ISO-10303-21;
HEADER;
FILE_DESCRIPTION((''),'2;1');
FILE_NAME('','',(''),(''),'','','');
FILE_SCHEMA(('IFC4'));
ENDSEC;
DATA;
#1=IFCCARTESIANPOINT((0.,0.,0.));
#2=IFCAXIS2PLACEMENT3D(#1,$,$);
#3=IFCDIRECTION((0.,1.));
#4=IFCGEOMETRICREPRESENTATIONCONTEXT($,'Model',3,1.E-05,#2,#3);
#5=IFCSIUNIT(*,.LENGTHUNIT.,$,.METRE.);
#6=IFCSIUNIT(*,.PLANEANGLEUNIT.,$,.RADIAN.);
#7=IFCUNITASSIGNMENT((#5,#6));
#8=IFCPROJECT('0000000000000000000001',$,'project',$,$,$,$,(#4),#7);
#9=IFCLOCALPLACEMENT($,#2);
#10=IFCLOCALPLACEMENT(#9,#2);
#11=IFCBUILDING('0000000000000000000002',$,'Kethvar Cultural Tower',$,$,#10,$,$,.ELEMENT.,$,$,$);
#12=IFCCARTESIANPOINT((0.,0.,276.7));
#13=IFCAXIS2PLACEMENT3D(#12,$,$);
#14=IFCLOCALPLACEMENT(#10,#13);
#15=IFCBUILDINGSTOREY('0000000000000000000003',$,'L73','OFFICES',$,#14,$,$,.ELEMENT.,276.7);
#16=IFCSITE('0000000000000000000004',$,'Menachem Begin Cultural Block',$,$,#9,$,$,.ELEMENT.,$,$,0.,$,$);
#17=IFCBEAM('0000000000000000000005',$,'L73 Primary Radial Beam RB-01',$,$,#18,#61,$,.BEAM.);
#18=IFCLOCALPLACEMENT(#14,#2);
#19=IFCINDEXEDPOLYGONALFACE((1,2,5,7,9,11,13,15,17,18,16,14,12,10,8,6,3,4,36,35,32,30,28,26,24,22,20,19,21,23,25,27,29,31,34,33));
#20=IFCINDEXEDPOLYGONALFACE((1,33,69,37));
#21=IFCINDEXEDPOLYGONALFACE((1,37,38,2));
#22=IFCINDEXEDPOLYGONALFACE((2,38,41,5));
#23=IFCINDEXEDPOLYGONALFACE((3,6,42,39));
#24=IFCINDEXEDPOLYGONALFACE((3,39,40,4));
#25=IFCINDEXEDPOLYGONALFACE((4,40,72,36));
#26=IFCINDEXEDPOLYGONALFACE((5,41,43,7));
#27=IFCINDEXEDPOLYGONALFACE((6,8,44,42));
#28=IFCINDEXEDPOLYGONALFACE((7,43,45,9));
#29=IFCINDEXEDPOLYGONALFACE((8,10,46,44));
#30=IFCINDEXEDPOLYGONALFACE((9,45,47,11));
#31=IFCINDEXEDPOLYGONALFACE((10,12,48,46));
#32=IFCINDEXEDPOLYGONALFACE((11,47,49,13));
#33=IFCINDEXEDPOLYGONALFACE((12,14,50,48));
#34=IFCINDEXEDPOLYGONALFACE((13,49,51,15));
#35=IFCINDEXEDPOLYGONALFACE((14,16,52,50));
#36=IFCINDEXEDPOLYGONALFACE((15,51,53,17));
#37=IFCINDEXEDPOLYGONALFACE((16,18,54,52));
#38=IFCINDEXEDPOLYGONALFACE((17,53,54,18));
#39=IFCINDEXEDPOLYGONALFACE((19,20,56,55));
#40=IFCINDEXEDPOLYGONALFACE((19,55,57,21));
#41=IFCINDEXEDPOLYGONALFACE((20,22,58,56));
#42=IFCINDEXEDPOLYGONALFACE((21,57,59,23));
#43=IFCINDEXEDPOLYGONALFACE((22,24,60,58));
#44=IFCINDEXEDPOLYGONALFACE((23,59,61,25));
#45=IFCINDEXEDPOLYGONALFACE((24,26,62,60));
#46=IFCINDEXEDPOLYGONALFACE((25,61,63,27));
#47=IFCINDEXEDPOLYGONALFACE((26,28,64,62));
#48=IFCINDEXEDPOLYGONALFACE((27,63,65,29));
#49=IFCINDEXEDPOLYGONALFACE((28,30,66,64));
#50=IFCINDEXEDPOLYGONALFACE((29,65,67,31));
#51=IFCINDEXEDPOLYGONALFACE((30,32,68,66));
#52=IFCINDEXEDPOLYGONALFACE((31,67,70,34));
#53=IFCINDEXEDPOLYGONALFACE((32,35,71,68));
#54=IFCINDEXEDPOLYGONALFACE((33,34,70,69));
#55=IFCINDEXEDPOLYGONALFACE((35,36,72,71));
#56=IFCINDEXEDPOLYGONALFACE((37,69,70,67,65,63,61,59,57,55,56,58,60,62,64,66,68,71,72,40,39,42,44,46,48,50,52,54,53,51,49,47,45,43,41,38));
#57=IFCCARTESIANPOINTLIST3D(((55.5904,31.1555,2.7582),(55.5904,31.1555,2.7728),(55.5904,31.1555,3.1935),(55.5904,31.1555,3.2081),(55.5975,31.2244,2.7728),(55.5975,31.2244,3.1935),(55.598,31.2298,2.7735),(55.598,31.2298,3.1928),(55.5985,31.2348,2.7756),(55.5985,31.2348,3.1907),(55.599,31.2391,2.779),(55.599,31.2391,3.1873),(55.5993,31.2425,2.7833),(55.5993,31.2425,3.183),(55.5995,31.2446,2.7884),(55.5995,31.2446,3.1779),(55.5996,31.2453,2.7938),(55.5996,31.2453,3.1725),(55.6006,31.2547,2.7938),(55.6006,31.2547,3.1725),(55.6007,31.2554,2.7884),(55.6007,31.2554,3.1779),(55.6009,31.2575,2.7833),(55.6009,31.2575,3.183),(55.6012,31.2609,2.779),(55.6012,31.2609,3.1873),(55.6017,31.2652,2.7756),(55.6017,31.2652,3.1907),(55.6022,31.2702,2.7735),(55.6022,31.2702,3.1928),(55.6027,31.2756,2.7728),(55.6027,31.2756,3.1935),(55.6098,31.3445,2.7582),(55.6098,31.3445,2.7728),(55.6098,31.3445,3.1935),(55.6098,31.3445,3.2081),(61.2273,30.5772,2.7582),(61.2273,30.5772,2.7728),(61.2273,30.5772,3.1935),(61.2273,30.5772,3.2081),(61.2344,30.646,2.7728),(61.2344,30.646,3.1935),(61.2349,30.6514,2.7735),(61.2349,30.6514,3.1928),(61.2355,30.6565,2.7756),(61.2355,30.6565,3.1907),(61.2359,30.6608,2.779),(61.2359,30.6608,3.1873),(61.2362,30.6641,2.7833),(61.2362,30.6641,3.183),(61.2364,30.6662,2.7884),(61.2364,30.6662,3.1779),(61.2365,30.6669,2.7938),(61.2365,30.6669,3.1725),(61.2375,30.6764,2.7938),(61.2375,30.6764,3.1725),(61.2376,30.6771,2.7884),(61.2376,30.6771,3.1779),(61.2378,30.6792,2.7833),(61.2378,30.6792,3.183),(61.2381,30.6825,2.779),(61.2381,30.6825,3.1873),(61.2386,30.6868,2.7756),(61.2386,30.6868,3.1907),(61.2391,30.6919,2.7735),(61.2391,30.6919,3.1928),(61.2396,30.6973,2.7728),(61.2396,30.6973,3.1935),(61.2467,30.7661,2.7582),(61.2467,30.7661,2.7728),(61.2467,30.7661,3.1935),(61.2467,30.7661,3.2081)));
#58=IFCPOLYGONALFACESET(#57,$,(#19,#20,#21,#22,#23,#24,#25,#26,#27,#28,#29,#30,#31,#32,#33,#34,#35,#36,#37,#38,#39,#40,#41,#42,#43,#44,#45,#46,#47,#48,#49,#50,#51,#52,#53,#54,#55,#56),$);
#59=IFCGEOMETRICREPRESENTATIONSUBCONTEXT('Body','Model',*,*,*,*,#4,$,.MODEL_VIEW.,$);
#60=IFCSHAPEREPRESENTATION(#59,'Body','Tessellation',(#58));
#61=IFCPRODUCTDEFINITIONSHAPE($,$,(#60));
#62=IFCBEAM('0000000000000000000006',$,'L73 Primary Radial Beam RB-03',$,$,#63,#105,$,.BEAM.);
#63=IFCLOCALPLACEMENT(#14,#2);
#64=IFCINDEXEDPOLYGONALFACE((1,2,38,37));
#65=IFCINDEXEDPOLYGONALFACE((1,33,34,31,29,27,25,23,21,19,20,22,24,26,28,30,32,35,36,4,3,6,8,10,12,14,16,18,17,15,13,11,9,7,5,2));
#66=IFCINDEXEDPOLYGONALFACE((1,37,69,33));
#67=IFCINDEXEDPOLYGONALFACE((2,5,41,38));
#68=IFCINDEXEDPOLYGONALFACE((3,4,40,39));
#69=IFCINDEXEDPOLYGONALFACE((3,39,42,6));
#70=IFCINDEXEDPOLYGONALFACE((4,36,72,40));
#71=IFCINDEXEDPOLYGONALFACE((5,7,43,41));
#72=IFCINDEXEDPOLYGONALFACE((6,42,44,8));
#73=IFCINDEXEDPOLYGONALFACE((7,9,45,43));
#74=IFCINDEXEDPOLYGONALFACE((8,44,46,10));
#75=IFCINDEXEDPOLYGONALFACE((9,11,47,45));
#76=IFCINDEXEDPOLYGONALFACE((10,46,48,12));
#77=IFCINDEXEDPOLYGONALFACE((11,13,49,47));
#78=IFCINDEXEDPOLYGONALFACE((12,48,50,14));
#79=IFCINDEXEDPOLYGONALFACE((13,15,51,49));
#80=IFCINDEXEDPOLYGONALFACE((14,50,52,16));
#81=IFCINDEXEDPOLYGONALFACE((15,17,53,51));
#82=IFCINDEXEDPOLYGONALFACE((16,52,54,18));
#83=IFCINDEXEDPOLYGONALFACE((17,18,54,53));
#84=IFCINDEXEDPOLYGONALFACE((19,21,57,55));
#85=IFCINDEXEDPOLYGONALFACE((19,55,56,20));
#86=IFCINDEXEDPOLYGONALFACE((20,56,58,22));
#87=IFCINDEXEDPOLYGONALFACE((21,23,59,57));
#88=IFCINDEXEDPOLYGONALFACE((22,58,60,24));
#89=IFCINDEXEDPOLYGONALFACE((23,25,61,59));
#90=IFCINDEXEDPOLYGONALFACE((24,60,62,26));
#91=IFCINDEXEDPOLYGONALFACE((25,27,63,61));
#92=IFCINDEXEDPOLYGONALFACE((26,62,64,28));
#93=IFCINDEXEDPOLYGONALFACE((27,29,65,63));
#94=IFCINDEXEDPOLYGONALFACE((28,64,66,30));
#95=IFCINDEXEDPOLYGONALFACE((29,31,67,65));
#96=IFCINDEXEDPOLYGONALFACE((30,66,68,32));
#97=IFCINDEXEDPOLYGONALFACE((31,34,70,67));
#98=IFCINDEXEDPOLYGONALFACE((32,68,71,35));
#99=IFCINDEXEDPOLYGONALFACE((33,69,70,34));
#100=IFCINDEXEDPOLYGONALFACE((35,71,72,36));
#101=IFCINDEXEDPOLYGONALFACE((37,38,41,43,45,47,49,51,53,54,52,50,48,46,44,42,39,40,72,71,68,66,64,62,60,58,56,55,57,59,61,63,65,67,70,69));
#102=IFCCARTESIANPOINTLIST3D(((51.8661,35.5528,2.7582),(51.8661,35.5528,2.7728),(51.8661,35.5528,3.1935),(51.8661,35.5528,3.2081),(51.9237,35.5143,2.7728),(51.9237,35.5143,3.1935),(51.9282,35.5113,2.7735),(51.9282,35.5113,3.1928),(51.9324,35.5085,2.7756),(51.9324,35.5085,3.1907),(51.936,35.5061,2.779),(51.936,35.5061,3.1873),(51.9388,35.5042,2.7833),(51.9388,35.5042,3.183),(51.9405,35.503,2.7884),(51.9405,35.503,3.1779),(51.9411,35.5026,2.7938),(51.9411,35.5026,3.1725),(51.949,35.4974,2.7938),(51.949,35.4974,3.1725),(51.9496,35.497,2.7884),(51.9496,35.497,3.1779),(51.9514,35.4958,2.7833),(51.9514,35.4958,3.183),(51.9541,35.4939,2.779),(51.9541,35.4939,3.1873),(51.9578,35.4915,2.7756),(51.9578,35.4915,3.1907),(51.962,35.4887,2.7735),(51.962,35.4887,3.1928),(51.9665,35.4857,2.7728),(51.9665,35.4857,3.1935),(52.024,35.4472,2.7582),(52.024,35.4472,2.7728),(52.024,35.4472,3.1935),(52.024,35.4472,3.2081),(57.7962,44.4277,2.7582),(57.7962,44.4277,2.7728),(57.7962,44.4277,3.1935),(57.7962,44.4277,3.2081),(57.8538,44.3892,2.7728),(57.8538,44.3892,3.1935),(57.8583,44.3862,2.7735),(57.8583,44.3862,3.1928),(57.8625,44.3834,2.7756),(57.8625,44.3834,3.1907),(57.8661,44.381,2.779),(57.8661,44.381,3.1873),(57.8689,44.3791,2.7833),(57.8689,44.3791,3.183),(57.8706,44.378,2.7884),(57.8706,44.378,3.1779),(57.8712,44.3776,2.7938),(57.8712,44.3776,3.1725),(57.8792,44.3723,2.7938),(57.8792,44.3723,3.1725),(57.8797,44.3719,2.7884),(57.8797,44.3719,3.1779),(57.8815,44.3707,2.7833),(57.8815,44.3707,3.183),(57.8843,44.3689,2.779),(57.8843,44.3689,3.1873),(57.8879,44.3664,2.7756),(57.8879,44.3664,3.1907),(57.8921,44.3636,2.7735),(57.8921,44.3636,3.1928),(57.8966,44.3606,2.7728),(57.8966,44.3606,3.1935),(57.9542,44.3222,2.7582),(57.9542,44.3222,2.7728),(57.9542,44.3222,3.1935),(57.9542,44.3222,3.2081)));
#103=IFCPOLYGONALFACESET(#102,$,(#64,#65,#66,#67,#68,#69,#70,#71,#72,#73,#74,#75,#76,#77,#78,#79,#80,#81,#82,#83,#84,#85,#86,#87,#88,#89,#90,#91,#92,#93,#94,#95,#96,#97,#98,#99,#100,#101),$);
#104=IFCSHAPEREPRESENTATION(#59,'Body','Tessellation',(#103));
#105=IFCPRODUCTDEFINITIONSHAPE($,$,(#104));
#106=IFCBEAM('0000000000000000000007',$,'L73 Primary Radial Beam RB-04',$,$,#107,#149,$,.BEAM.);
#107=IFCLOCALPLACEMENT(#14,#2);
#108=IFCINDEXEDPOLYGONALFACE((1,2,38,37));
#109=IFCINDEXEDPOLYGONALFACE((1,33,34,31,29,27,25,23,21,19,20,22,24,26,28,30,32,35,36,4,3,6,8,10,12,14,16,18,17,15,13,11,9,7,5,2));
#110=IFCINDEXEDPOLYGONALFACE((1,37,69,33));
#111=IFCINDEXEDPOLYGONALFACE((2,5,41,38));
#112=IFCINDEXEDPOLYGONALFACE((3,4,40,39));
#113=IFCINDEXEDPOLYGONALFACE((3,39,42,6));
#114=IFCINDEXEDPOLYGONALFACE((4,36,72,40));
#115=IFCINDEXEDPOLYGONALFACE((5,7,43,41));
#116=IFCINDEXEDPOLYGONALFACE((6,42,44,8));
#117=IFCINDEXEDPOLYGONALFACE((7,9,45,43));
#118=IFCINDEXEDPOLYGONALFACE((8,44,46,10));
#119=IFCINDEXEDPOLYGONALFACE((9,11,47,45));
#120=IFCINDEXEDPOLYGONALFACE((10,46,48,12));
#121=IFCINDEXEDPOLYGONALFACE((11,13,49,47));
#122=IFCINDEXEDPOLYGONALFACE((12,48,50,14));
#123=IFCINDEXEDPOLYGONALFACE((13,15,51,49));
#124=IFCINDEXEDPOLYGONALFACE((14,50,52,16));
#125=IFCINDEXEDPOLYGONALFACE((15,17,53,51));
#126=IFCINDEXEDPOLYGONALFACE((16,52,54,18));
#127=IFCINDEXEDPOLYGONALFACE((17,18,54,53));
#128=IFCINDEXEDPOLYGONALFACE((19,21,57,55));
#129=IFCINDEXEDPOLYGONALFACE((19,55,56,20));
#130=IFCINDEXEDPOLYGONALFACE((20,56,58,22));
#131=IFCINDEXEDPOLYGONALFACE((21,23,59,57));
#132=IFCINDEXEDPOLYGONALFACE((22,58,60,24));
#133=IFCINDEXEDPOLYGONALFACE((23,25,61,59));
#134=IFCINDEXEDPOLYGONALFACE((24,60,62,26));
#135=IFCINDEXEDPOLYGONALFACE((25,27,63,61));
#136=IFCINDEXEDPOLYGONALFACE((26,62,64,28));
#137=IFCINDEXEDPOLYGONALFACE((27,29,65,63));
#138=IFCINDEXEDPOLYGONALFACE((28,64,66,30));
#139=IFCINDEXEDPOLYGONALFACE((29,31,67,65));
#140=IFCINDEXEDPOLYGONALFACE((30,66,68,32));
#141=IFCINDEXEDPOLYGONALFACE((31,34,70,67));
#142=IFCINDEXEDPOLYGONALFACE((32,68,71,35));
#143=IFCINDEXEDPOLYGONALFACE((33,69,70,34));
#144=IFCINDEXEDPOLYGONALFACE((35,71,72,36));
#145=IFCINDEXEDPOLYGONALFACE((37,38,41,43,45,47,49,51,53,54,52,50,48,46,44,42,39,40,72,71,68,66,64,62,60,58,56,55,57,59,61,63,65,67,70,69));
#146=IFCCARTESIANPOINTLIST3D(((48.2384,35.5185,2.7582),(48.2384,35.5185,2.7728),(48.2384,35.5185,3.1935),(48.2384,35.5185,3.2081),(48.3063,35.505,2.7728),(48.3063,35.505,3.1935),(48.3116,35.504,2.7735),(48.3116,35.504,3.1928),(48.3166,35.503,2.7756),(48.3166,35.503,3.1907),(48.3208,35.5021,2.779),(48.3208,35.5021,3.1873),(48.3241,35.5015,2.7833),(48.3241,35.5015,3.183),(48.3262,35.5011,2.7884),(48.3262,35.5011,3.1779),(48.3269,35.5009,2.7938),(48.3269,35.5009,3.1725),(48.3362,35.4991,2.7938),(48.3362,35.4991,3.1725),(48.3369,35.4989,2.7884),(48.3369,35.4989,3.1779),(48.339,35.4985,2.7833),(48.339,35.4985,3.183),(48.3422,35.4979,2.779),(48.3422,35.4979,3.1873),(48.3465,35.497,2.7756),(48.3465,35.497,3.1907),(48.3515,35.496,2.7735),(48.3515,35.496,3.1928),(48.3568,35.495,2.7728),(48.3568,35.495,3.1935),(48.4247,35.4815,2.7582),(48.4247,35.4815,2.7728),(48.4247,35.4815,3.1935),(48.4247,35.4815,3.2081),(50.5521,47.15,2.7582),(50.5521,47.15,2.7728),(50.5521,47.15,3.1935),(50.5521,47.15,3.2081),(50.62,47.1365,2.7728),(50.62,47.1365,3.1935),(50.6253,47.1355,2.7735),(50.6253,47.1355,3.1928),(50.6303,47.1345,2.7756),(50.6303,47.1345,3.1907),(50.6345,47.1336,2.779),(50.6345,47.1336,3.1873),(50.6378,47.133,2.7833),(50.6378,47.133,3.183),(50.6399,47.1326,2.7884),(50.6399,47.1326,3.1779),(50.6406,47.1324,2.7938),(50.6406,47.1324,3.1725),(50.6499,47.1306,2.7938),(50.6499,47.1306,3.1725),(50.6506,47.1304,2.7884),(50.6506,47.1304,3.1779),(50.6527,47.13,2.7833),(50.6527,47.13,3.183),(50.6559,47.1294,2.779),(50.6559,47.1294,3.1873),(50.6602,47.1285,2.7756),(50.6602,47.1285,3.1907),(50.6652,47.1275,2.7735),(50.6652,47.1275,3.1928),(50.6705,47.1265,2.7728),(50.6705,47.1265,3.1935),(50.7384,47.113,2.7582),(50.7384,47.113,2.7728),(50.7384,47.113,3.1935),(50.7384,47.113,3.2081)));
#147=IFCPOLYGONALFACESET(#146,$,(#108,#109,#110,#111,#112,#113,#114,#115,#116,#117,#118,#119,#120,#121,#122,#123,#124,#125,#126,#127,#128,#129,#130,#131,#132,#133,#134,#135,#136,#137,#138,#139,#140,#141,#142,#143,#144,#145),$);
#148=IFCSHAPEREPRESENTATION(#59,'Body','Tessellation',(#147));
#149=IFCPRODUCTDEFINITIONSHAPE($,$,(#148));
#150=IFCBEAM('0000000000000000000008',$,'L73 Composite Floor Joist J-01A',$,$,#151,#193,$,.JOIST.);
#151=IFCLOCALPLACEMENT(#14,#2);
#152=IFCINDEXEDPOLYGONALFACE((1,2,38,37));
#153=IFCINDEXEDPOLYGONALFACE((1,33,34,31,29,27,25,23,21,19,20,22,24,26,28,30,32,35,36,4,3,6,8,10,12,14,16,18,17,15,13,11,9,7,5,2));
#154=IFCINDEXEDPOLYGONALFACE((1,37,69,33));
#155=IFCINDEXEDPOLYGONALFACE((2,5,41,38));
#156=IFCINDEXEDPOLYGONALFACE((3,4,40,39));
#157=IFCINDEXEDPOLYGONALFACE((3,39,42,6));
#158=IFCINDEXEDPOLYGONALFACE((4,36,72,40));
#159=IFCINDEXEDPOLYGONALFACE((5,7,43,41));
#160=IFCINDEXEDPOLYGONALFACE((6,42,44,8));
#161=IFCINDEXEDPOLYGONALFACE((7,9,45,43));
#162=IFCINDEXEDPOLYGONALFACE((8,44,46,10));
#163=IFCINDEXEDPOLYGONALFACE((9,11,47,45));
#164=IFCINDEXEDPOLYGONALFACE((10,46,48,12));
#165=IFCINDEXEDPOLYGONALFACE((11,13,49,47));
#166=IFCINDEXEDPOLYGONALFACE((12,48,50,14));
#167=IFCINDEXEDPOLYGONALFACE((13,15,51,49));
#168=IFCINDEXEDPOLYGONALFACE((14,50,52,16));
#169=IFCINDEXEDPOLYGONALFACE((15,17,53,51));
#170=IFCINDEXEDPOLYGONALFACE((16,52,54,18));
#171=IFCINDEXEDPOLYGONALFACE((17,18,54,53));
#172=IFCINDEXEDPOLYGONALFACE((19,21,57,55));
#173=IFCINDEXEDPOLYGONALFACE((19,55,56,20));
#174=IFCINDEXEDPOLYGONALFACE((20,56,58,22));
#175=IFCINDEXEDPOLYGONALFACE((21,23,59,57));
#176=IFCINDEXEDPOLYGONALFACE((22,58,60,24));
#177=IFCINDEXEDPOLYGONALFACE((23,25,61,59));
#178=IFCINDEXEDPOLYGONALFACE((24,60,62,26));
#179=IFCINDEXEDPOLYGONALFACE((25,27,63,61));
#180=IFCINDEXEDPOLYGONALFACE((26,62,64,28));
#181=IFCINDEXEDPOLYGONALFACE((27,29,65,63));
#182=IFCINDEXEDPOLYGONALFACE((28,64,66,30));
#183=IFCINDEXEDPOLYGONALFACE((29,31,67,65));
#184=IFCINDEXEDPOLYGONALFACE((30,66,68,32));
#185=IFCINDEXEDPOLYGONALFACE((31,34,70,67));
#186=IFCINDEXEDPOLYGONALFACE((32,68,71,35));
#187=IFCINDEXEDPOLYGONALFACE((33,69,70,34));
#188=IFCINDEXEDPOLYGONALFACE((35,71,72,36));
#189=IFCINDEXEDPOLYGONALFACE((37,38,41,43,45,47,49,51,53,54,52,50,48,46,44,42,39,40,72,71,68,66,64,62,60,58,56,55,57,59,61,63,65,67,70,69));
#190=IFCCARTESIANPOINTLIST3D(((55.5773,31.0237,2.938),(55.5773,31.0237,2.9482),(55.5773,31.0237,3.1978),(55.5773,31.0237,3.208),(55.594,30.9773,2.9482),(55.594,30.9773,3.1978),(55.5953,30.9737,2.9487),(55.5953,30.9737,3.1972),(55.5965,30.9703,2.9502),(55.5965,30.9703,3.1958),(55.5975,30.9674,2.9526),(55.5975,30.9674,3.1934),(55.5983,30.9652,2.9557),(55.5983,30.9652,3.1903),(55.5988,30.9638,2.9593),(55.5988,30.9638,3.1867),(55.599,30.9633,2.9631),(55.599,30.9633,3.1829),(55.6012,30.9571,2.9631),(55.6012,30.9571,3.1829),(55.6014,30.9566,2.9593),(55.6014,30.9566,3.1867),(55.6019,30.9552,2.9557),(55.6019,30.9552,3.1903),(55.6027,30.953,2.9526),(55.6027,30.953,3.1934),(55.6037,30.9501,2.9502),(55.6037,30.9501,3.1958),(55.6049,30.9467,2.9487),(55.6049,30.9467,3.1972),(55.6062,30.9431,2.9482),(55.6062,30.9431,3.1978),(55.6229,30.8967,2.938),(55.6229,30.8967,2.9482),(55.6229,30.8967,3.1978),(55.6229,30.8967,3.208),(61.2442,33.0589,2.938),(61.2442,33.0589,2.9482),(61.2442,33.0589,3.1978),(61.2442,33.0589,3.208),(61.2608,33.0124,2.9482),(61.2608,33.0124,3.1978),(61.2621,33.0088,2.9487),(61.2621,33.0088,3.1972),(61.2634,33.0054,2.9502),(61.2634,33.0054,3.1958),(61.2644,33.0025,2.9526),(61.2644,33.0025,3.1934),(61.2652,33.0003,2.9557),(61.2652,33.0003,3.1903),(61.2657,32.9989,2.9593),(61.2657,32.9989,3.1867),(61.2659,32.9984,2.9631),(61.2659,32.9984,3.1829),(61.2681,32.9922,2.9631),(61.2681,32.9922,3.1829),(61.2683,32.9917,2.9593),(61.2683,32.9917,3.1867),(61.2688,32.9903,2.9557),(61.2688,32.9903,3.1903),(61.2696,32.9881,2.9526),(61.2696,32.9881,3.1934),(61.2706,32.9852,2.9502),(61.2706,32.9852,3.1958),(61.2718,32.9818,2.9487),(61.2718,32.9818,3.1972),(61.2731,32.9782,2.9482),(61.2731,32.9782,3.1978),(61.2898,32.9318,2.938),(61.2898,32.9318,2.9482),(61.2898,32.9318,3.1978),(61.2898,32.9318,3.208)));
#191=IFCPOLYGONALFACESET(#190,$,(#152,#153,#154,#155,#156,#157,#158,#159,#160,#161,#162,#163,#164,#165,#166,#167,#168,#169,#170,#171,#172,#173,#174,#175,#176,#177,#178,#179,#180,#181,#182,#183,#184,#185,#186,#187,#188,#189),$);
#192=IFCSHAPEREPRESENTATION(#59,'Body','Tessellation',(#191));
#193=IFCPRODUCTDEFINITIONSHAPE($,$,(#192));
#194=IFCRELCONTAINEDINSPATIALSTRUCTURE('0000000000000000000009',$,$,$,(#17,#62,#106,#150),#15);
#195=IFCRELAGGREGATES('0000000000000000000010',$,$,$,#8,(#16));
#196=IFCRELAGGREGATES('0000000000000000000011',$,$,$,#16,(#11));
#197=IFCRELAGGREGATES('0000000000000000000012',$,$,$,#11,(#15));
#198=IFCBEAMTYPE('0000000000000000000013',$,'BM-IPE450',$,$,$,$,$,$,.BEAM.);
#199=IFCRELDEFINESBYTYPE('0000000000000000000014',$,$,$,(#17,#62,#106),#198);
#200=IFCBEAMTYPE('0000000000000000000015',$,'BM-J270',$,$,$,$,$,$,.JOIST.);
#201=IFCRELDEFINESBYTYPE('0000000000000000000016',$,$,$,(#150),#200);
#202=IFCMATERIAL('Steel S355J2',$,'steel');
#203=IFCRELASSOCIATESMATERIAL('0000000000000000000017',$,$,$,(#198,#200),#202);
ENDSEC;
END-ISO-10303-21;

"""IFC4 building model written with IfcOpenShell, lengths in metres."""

from ifc_helpers import new_model, si_unit, direction, frame, origin, origin_2d, place, context, subcontext, project, spatial, i_section, extrude, source, transform, mapped, material, material_profile, profile_set, type_object, element, save


model = new_model("IFC4")

# Units and contexts
model_context = context("Model", 3, precision=1e-05, world=origin(), true_north=direction((0.0, 1.0)))
body_context = subcontext(model_context, "Body", "Model", "MODEL_VIEW")
ifc_project = project(units=[si_unit("LENGTHUNIT", "METRE"), si_unit("PLANEANGLEUNIT", "RADIAN")], contexts=[model_context])

# Site, building, storey
site_placement = place(None, origin())
site = spatial("IfcSite", under=ifc_project, at=site_placement, Name="Menachem Begin Cultural Block", CompositionType="ELEMENT", RefElevation=0.0)
building_placement = place(site_placement, origin())
building = spatial("IfcBuilding", under=site, at=building_placement, Name="Kethvar Cultural Tower", CompositionType="ELEMENT")
storey_placement = place(building_placement, frame((0.0, 0.0, 276.7)))
storey = spatial("IfcBuildingStorey", under=building, at=storey_placement, Name="L73", Description="OFFICES", CompositionType="ELEMENT", Elevation=276.7)

# Beams
ifc_material_1 = material(Name="Steel S355J2", Category="steel")
ifc_material_profile_1 = material_profile(ifc_material_1, i_section(OverallWidth=0.1899, OverallDepth=0.45, WebThickness=0.0095, FlangeThickness=0.0146, FilletRadius=0.021, at=origin_2d()), Name="Steel S355J2 — IPE450")
ifc_profile_set_1 = profile_set([ifc_material_profile_1], Name="Steel S355J2 — IPE450")
beam_type_1 = type_object("IfcBeamType", Name="BM-IPE450", PredefinedType="BEAM", material=ifc_profile_set_1)
shared_shape_1 = source(origin(), body_context, "Body", "SweptSolid", [
    extrude(i_section(OverallWidth=0.1899, OverallDepth=0.45, WebThickness=0.0095, FlangeThickness=0.0146, FilletRadius=0.021, at=origin_2d()), origin(), (0.0, 0.0, 1.0), 5.6665),
])
beam_1_placement = place(storey_placement, frame((55.6001, 31.25, 2.9832), z_axis=(0.994778, -0.102067, 0.0), x_axis=(0.102067, 0.994778, 0.0)))
element("IfcBeam", 1, at=beam_1_placement, inside=storey, type_object=beam_type_1, Name="L73 Primary Radial Beam RB-01", PredefinedType="BEAM", context=body_context, shape_type="MappedRepresentation", body=[
    mapped(shared_shape_1, transform((0.0, 0.0, 0.0), scale=1.0)),
])
shared_shape_2 = source(origin(), body_context, "Body", "SweptSolid", [
    extrude(i_section(OverallWidth=0.1899, OverallDepth=0.45, WebThickness=0.0095, FlangeThickness=0.0146, FilletRadius=0.021, at=origin_2d()), origin(), (0.0, 0.0, 1.0), 10.6738),
])
beam_2_placement = place(storey_placement, frame((51.9451, 35.5, 2.9832), z_axis=(0.555576, 0.831466, 0.0), x_axis=(-0.831466, 0.555576, 0.0)))
element("IfcBeam", 2, at=beam_2_placement, inside=storey, type_object=beam_type_1, Name="L73 Primary Radial Beam RB-03", PredefinedType="BEAM", context=body_context, shape_type="MappedRepresentation", body=[
    mapped(shared_shape_2, transform((0.0, 0.0, 0.0), scale=1.0)),
])
shared_shape_3 = source(origin(), body_context, "Body", "SweptSolid", [
    extrude(i_section(OverallWidth=0.1899, OverallDepth=0.45, WebThickness=0.0095, FlangeThickness=0.0146, FilletRadius=0.021, at=origin_2d()), origin(), (0.0, 0.0, 1.0), 11.8594),
])
beam_3_placement = place(storey_placement, frame((48.3315, 35.5, 2.9832), z_axis=(0.195095, 0.980784, 0.0), x_axis=(-0.980784, 0.195095, 0.0)))
element("IfcBeam", 3, at=beam_3_placement, inside=storey, type_object=beam_type_1, Name="L73 Primary Radial Beam RB-04", PredefinedType="BEAM", context=body_context, shape_type="MappedRepresentation", body=[
    mapped(shared_shape_3, transform((0.0, 0.0, 0.0), scale=1.0)),
])
ifc_material_profile_2 = material_profile(ifc_material_1, i_section(OverallWidth=0.135, OverallDepth=0.27, WebThickness=0.0066, FlangeThickness=0.0103, FilletRadius=0.0149, at=origin_2d()), Name="Steel S355J2 — IPE270")
ifc_profile_set_2 = profile_set([ifc_material_profile_2], Name="Steel S355J2 — IPE270")
beam_type_2 = type_object("IfcBeamType", Name="BM-J270", PredefinedType="JOIST", material=ifc_profile_set_2)
shared_shape_4 = source(origin(), body_context, "Body", "SweptSolid", [
    extrude(i_section(OverallWidth=0.135, OverallDepth=0.27, WebThickness=0.0066, FlangeThickness=0.0103, FilletRadius=0.0149, at=origin_2d()), origin(), (0.0, 0.0, 1.0), 6.0212),
])
beam_4_placement = place(storey_placement, frame((55.6001, 30.9602, 3.073), z_axis=(0.94115, 0.33799, 0.0), x_axis=(-0.33799, 0.94115, 0.0)))
element("IfcBeam", 4, at=beam_4_placement, inside=storey, type_object=beam_type_2, Name="L73 Composite Floor Joist J-01A", PredefinedType="JOIST", context=body_context, shape_type="MappedRepresentation", body=[
    mapped(shared_shape_4, transform((0.0, 0.0, 0.0), scale=1.0)),
])

save(model, "model.ifc")
